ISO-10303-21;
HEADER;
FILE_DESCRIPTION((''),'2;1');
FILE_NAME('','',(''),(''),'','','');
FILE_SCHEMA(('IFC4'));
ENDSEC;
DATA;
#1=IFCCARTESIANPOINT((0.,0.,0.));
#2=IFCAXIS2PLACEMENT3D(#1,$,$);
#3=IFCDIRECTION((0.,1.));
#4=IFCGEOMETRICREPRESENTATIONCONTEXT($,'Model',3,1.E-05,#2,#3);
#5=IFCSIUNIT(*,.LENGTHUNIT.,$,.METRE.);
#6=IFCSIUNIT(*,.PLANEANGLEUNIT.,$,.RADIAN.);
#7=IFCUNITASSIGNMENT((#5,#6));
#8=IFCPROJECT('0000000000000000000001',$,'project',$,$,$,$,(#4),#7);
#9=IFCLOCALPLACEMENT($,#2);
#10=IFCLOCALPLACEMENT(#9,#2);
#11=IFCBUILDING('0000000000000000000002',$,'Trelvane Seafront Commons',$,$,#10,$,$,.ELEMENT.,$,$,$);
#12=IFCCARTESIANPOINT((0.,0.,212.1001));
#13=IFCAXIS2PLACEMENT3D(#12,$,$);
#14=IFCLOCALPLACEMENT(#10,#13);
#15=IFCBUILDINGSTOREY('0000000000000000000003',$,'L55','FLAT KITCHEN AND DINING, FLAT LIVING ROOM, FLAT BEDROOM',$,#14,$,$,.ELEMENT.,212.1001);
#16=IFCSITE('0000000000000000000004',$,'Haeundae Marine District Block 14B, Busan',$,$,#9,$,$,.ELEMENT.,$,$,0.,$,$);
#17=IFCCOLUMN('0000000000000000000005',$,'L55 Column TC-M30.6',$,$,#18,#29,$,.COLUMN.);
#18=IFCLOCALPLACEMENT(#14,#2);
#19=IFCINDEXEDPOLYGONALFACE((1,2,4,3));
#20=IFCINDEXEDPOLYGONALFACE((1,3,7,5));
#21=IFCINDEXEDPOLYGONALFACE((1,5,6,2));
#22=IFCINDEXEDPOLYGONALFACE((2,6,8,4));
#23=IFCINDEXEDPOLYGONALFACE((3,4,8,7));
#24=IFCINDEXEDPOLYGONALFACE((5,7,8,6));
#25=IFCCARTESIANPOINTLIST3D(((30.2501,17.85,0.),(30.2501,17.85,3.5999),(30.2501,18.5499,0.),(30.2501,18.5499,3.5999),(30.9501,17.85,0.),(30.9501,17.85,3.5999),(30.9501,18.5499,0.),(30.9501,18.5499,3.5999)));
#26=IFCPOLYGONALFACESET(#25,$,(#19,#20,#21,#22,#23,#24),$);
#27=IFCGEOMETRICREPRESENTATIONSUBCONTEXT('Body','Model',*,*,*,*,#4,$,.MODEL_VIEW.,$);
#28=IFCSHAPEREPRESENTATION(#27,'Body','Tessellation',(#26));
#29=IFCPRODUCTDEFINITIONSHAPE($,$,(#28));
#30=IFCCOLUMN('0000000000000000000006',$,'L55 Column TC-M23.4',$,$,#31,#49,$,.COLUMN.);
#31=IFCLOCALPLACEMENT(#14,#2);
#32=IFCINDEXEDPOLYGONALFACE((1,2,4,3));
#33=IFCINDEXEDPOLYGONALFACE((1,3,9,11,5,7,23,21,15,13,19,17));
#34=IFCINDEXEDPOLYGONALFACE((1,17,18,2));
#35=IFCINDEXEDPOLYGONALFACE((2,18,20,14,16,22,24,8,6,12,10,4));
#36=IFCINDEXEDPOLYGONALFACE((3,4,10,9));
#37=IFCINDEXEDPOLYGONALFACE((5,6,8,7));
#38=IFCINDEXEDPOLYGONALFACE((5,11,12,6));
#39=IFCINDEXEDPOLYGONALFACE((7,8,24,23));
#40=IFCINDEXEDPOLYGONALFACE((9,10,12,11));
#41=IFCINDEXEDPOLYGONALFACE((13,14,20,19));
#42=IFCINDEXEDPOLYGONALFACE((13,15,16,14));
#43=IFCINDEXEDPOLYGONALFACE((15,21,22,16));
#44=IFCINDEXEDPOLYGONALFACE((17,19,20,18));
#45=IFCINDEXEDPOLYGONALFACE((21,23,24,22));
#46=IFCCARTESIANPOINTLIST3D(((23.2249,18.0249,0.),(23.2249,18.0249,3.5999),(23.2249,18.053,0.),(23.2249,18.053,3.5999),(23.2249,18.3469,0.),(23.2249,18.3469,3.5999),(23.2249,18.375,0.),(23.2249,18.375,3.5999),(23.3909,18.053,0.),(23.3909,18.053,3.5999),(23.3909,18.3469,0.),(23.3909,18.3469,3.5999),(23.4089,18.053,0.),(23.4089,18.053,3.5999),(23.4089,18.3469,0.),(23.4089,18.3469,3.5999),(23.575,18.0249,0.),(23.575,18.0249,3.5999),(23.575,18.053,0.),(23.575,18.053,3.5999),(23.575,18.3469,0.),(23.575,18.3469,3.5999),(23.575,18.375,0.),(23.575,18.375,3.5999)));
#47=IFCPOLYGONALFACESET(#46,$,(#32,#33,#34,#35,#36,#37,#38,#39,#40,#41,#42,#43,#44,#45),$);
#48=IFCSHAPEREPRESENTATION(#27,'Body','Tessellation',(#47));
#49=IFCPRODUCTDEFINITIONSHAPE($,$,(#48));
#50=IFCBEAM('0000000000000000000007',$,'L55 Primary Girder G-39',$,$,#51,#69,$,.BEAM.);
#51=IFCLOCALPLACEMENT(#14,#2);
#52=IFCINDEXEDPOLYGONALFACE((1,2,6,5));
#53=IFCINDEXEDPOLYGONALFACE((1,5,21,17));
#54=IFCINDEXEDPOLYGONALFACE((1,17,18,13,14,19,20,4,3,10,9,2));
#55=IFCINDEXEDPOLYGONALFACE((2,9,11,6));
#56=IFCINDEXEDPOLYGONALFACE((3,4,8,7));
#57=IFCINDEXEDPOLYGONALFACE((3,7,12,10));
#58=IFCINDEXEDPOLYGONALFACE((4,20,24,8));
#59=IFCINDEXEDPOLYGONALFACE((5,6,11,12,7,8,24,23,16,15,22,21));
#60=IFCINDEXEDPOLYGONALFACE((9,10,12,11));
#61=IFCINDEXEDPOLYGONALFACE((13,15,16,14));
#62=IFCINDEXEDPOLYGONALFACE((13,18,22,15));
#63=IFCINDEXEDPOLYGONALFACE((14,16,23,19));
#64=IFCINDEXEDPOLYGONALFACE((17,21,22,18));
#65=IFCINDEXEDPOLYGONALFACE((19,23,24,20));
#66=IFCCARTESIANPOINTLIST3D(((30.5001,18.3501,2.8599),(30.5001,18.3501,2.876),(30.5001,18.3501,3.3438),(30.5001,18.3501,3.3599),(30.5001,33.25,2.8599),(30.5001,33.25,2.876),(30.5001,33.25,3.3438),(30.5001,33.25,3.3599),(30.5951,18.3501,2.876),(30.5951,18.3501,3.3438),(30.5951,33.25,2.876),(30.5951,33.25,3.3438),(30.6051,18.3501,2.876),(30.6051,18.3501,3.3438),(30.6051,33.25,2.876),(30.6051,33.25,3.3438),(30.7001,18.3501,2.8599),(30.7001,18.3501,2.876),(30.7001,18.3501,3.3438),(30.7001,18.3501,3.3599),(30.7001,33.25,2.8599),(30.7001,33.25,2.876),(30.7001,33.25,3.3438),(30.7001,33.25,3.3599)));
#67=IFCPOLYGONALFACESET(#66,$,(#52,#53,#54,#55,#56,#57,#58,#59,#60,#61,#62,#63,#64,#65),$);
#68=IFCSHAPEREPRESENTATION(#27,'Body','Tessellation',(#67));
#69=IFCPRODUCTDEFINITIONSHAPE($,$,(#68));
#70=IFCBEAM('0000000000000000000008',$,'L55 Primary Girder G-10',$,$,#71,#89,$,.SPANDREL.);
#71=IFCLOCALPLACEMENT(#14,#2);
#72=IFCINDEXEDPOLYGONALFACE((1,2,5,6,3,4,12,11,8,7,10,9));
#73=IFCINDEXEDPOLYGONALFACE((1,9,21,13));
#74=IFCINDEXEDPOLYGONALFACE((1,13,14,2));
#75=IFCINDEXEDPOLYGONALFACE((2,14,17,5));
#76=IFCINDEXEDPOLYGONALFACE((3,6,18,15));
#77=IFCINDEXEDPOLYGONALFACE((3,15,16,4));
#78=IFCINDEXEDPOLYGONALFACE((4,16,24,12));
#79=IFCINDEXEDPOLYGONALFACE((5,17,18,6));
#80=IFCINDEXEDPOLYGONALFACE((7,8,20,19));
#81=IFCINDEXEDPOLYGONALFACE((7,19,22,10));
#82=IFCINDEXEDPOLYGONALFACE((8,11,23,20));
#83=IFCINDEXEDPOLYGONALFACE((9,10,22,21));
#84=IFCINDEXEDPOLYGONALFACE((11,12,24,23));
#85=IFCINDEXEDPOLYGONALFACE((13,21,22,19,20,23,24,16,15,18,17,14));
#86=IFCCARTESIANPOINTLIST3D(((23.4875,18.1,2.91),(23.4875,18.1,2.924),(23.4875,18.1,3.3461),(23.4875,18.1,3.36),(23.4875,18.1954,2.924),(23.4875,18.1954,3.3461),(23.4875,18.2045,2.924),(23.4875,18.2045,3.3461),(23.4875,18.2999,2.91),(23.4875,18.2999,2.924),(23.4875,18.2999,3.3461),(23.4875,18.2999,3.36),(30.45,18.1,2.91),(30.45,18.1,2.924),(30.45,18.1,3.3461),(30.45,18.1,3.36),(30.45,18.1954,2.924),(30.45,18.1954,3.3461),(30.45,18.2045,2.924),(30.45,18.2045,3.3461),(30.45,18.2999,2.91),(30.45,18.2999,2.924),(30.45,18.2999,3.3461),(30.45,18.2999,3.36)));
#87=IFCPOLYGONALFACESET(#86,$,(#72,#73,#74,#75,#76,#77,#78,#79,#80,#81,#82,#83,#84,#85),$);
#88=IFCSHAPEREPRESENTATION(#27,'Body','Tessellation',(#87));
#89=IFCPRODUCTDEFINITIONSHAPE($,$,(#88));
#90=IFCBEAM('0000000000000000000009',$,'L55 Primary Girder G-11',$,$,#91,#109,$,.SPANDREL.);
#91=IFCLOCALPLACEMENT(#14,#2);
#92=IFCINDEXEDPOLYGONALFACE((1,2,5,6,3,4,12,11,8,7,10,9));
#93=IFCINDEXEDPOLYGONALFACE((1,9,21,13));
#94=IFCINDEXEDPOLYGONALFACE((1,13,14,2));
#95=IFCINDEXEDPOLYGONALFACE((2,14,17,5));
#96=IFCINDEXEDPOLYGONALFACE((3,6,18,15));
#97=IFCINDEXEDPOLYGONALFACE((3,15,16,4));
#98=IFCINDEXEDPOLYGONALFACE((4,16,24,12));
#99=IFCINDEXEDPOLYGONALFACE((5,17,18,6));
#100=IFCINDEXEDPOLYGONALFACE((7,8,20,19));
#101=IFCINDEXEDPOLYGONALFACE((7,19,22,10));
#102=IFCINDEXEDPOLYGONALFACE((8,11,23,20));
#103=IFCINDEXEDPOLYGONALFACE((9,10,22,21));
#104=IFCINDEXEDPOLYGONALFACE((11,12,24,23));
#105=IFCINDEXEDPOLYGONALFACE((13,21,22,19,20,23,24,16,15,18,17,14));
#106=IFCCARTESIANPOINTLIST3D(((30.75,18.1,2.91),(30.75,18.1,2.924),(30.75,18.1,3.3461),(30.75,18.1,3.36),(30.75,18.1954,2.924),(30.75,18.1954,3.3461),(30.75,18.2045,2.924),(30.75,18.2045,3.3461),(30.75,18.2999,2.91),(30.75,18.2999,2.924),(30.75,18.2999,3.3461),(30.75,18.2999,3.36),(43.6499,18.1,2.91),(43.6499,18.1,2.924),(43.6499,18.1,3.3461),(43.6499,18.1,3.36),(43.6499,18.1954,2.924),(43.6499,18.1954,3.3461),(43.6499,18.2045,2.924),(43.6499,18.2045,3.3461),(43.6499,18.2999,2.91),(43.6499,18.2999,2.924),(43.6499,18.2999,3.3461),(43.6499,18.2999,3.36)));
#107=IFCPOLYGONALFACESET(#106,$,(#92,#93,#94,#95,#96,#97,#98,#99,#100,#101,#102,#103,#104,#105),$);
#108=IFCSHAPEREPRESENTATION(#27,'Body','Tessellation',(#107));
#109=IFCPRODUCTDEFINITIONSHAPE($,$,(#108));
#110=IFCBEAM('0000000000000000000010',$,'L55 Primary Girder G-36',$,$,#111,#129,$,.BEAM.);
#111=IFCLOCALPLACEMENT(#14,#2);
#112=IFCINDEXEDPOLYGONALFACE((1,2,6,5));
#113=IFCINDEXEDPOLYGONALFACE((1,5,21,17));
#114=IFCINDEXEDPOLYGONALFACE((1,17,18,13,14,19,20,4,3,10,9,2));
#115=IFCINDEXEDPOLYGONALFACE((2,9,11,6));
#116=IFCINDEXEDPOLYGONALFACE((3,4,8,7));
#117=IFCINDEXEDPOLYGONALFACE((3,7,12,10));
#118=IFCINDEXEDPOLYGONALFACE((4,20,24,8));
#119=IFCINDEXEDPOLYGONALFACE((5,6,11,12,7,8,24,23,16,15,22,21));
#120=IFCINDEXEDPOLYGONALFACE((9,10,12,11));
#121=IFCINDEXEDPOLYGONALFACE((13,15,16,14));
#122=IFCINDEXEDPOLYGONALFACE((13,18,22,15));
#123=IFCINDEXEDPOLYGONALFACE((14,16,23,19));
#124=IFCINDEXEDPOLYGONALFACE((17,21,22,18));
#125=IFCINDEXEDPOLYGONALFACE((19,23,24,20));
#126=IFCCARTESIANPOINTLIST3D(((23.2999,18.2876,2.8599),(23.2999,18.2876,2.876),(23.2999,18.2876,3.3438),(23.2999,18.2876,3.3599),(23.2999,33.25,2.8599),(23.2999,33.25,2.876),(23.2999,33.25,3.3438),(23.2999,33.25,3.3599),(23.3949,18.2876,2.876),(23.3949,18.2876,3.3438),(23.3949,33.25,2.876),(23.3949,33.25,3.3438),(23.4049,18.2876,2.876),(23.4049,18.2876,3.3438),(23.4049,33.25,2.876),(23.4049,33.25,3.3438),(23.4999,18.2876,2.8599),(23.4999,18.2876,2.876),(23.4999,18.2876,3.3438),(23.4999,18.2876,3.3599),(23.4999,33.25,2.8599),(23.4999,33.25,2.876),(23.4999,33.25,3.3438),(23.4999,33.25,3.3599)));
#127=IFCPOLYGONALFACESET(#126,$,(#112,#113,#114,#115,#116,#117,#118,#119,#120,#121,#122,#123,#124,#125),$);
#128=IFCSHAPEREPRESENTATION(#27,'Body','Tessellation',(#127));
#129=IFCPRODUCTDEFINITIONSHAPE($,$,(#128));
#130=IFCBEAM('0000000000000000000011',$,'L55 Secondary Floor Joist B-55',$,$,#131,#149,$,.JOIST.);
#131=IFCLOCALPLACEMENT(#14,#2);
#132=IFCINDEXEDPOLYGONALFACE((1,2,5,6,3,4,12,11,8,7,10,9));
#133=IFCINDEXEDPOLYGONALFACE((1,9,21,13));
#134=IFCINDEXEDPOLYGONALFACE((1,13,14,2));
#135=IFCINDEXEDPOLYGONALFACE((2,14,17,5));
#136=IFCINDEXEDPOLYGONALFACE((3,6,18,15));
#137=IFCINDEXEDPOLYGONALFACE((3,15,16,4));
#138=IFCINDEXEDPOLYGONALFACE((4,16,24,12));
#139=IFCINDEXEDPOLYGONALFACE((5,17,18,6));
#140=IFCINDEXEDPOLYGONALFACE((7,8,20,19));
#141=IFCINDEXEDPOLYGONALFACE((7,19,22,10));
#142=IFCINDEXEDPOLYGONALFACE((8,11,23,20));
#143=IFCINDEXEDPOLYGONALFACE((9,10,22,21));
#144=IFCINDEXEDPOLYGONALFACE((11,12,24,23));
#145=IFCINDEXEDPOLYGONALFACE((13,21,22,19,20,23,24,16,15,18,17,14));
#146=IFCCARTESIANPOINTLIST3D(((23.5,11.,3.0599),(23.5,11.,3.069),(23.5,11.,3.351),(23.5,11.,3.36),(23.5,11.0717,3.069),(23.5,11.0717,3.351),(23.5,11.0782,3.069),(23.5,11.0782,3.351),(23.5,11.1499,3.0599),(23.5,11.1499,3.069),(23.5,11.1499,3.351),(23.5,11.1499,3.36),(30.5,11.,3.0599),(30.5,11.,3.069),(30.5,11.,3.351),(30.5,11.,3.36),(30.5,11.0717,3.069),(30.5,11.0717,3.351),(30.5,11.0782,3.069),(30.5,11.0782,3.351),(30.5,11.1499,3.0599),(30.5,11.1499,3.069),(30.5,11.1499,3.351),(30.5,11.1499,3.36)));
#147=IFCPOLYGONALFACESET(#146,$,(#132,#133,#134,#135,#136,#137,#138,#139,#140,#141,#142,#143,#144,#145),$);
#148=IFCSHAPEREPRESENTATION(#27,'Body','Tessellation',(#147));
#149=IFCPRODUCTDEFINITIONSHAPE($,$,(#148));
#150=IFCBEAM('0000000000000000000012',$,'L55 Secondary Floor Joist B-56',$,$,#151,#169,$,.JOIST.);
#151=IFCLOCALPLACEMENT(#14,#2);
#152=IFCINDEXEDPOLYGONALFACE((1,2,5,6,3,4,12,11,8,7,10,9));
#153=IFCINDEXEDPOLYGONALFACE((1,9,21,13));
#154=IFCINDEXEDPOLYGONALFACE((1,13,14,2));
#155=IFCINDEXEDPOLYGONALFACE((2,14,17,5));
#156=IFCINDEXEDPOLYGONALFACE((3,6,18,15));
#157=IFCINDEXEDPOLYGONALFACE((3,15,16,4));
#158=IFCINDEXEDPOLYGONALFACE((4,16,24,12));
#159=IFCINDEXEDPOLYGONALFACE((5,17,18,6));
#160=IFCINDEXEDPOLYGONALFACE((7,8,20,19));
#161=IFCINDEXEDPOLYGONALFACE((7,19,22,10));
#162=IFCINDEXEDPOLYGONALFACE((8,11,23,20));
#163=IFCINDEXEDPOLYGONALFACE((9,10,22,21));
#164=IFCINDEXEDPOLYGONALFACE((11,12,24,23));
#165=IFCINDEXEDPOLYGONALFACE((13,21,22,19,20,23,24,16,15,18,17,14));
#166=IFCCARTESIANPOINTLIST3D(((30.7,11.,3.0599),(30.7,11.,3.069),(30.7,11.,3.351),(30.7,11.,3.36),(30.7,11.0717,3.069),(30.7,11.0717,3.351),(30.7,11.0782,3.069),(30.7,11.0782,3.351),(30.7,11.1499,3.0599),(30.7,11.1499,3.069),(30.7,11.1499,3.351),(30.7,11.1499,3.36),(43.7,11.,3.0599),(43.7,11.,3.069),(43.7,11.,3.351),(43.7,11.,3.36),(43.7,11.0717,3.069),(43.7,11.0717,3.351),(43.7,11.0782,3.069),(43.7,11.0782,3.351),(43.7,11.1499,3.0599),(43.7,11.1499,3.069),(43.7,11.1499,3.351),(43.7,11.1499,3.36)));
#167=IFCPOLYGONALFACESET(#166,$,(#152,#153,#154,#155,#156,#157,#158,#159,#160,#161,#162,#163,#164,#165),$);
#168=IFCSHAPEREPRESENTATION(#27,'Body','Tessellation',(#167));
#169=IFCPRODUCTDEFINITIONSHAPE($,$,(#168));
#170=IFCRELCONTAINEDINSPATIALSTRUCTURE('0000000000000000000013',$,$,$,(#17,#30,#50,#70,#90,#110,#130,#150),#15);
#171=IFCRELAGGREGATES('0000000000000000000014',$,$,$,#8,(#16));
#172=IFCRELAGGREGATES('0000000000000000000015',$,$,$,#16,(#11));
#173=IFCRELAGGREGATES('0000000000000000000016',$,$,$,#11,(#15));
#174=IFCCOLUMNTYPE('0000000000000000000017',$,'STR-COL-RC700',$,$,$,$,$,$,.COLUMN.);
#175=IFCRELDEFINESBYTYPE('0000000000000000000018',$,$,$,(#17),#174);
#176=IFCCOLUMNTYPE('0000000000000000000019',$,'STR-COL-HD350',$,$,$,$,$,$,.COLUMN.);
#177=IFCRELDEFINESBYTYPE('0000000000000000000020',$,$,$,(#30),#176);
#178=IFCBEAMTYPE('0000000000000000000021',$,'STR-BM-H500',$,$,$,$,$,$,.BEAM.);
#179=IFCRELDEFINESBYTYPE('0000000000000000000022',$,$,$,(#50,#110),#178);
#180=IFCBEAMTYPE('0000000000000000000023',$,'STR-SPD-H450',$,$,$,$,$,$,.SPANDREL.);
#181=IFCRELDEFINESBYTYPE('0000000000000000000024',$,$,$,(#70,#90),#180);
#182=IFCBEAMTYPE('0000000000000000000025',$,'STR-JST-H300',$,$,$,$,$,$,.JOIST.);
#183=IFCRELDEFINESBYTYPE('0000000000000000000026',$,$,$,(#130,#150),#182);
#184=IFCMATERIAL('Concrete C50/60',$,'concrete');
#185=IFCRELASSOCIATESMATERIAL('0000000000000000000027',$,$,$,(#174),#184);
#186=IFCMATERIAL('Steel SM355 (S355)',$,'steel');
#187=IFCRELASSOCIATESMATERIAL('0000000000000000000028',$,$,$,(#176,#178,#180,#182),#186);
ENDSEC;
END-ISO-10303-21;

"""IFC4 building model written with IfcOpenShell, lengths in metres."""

from ifc_helpers import new_model, si_unit, direction, frame, origin, origin_2d, place, context, subcontext, project, spatial, rectangle, i_section, extrude, source, transform, mapped, material, material_profile, profile_set, type_object, element, save


model = new_model("IFC4")

# Units and contexts
model_context = context("Model", 3, precision=1e-05, world=origin(), true_north=direction((0.0, 1.0)))
body_context = subcontext(model_context, "Body", "Model", "MODEL_VIEW")
ifc_project = project(units=[si_unit("LENGTHUNIT", "METRE"), si_unit("PLANEANGLEUNIT", "RADIAN")], contexts=[model_context])

# Site, building, storey
site_placement = place(None, origin())
site = spatial("IfcSite", under=ifc_project, at=site_placement, Name="Haeundae Marine District Block 14B, Busan", CompositionType="ELEMENT", RefElevation=0.0)
building_placement = place(site_placement, origin())
building = spatial("IfcBuilding", under=site, at=building_placement, Name="Trelvane Seafront Commons", CompositionType="ELEMENT")
storey_placement = place(building_placement, frame((0.0, 0.0, 212.1001)))
storey = spatial("IfcBuildingStorey", under=building, at=storey_placement, Name="L55", Description="FLAT KITCHEN AND DINING, FLAT LIVING ROOM, FLAT BEDROOM", CompositionType="ELEMENT", Elevation=212.1001)

# Columns
ifc_material_1 = material(Name="Concrete C50/60", Category="concrete")
ifc_material_profile_1 = material_profile(ifc_material_1, rectangle(XDim=0.7, YDim=0.7, at=origin_2d()), Name="RC-700x700")
ifc_profile_set_1 = profile_set([ifc_material_profile_1], Name="Concrete C50/60")
column_type_1 = type_object("IfcColumnType", Name="STR-COL-RC700", PredefinedType="COLUMN", material=ifc_profile_set_1)
shared_shape_1 = source(origin(), body_context, "Body", "SweptSolid", [
    extrude(rectangle(XDim=0.7, YDim=0.7, at=origin_2d()), origin(), (0.0, 0.0, 1.0), 3.5999),
])
column_1_placement = place(storey_placement, frame((30.6001, 18.2, 0.0), z_axis=(0.0, 0.0, 1.0), x_axis=(1.0, 0.0, 0.0)))
element("IfcColumn", 1, at=column_1_placement, inside=storey, type_object=column_type_1, Name="L55 Column TC-M30.6", PredefinedType="COLUMN", context=body_context, shape_type="MappedRepresentation", body=[
    mapped(shared_shape_1, transform((0.0, 0.0, 0.0), x_axis=(1.0, 0.0, 0.0), y_axis=(0.0, 1.0, 0.0), z_axis=(0.0, 0.0, 1.0), scale=1.0)),
])
ifc_material_2 = material(Name="Steel SM355 (S355)", Category="steel")
ifc_material_profile_2 = material_profile(ifc_material_2, i_section(OverallWidth=0.3501, OverallDepth=0.3501, WebThickness=0.0181, FlangeThickness=0.0281, at=origin_2d()), Name="HD-350x350x18x28")
ifc_profile_set_2 = profile_set([ifc_material_profile_2], Name="Steel SM355 (S355)")
column_type_2 = type_object("IfcColumnType", Name="STR-COL-HD350", PredefinedType="COLUMN", material=ifc_profile_set_2)
shared_shape_2 = source(origin(), body_context, "Body", "SweptSolid", [
    extrude(i_section(OverallWidth=0.3501, OverallDepth=0.3501, WebThickness=0.0181, FlangeThickness=0.0281, at=origin_2d()), origin(), (0.0, 0.0, 1.0), 3.5999),
])
column_2_placement = place(storey_placement, frame((23.3999, 18.2, 0.0), z_axis=(0.0, 0.0, 1.0), x_axis=(1.0, 0.0, 0.0)))
element("IfcColumn", 2, at=column_2_placement, inside=storey, type_object=column_type_2, Name="L55 Column TC-M23.4", PredefinedType="COLUMN", context=body_context, shape_type="MappedRepresentation", body=[
    mapped(shared_shape_2, transform((0.0, 0.0, 0.0), x_axis=(1.0, 0.0, 0.0), y_axis=(0.0, 1.0, 0.0), z_axis=(0.0, 0.0, 1.0), scale=1.0)),
])

# Beams
ifc_material_profile_3 = material_profile(ifc_material_2, i_section(OverallWidth=0.2, OverallDepth=0.5, WebThickness=0.01, FlangeThickness=0.0161, at=origin_2d()), Name="H-500x200x10x16")
ifc_profile_set_3 = profile_set([ifc_material_profile_3], Name="Steel SM355 (S355)")
beam_type_1 = type_object("IfcBeamType", Name="STR-BM-H500", PredefinedType="BEAM", material=ifc_profile_set_3)
shared_shape_3 = source(origin(), body_context, "Body", "SweptSolid", [
    extrude(i_section(OverallWidth=0.2, OverallDepth=0.5, WebThickness=0.01, FlangeThickness=0.0161, at=origin_2d()), origin(), (0.0, 0.0, 1.0), 14.8999),
])
beam_1_placement = place(storey_placement, frame((30.6001, 18.3501, 3.1099), z_axis=(0.0, 1.0, 0.0), x_axis=(-1.0, 0.0, 0.0)))
element("IfcBeam", 3, at=beam_1_placement, inside=storey, type_object=beam_type_1, Name="L55 Primary Girder G-39", PredefinedType="BEAM", context=body_context, shape_type="MappedRepresentation", body=[
    mapped(shared_shape_3, transform((0.0, 0.0, 0.0), x_axis=(1.0, 0.0, 0.0), y_axis=(0.0, 1.0, 0.0), z_axis=(0.0, 0.0, 1.0), scale=1.0)),
])
ifc_material_profile_4 = material_profile(ifc_material_2, i_section(OverallWidth=0.2, OverallDepth=0.45, WebThickness=0.009, FlangeThickness=0.0139, at=origin_2d()), Name="H-450x200x9x14")
ifc_profile_set_4 = profile_set([ifc_material_profile_4], Name="Steel SM355 (S355)")
beam_type_2 = type_object("IfcBeamType", Name="STR-SPD-H450", PredefinedType="SPANDREL", material=ifc_profile_set_4)
shared_shape_4 = source(origin(), body_context, "Body", "SweptSolid", [
    extrude(i_section(OverallWidth=0.2, OverallDepth=0.45, WebThickness=0.009, FlangeThickness=0.0139, at=origin_2d()), origin(), (0.0, 0.0, 1.0), 6.9624),
])
beam_2_placement = place(storey_placement, frame((23.4875, 18.2, 3.135), z_axis=(1.0, 0.0, 0.0), x_axis=(0.0, 1.0, 0.0)))
element("IfcBeam", 4, at=beam_2_placement, inside=storey, type_object=beam_type_2, Name="L55 Primary Girder G-10", PredefinedType="SPANDREL", context=body_context, shape_type="MappedRepresentation", body=[
    mapped(shared_shape_4, transform((0.0, 0.0, 0.0), x_axis=(1.0, 0.0, 0.0), y_axis=(0.0, 1.0, 0.0), z_axis=(0.0, 0.0, 1.0), scale=1.0)),
])
shared_shape_5 = source(origin(), body_context, "Body", "SweptSolid", [
    extrude(i_section(OverallWidth=0.2, OverallDepth=0.45, WebThickness=0.009, FlangeThickness=0.0139, at=origin_2d()), origin(), (0.0, 0.0, 1.0), 12.8999),
])
beam_3_placement = place(storey_placement, frame((30.75, 18.2, 3.135), z_axis=(1.0, 0.0, 0.0), x_axis=(0.0, 1.0, 0.0)))
element("IfcBeam", 5, at=beam_3_placement, inside=storey, type_object=beam_type_2, Name="L55 Primary Girder G-11", PredefinedType="SPANDREL", context=body_context, shape_type="MappedRepresentation", body=[
    mapped(shared_shape_5, transform((0.0, 0.0, 0.0), x_axis=(1.0, 0.0, 0.0), y_axis=(0.0, 1.0, 0.0), z_axis=(0.0, 0.0, 1.0), scale=1.0)),
])
shared_shape_6 = source(origin(), body_context, "Body", "SweptSolid", [
    extrude(i_section(OverallWidth=0.2, OverallDepth=0.5, WebThickness=0.01, FlangeThickness=0.0161, at=origin_2d()), origin(), (0.0, 0.0, 1.0), 14.9624),
])
beam_4_placement = place(storey_placement, frame((23.3999, 18.2876, 3.1099), z_axis=(0.0, 1.0, 0.0), x_axis=(-1.0, 0.0, 0.0)))
element("IfcBeam", 6, at=beam_4_placement, inside=storey, type_object=beam_type_1, Name="L55 Primary Girder G-36", PredefinedType="BEAM", context=body_context, shape_type="MappedRepresentation", body=[
    mapped(shared_shape_6, transform((0.0, 0.0, 0.0), x_axis=(1.0, 0.0, 0.0), y_axis=(0.0, 1.0, 0.0), z_axis=(0.0, 0.0, 1.0), scale=1.0)),
])
ifc_material_profile_5 = material_profile(ifc_material_2, i_section(OverallWidth=0.1499, OverallDepth=0.3, WebThickness=0.0066, FlangeThickness=0.009, at=origin_2d()), Name="H-300x150x6.5x9")
ifc_profile_set_5 = profile_set([ifc_material_profile_5], Name="Steel SM355 (S355)")
beam_type_3 = type_object("IfcBeamType", Name="STR-JST-H300", PredefinedType="JOIST", material=ifc_profile_set_5)
shared_shape_7 = source(origin(), body_context, "Body", "SweptSolid", [
    extrude(i_section(OverallWidth=0.1499, OverallDepth=0.3, WebThickness=0.0066, FlangeThickness=0.009, at=origin_2d()), origin(), (0.0, 0.0, 1.0), 7.0),
])
beam_5_placement = place(storey_placement, frame((23.5, 11.075, 3.21), z_axis=(1.0, 0.0, 0.0), x_axis=(0.0, 1.0, 0.0)))
element("IfcBeam", 7, at=beam_5_placement, inside=storey, type_object=beam_type_3, Name="L55 Secondary Floor Joist B-55", PredefinedType="JOIST", context=body_context, shape_type="MappedRepresentation", body=[
    mapped(shared_shape_7, transform((0.0, 0.0, 0.0), x_axis=(1.0, 0.0, 0.0), y_axis=(0.0, 1.0, 0.0), z_axis=(0.0, 0.0, 1.0), scale=1.0)),
])
shared_shape_8 = source(origin(), body_context, "Body", "SweptSolid", [
    extrude(i_section(OverallWidth=0.1499, OverallDepth=0.3, WebThickness=0.0066, FlangeThickness=0.009, at=origin_2d()), origin(), (0.0, 0.0, 1.0), 13.0),
])
beam_6_placement = place(storey_placement, frame((30.7, 11.075, 3.21), z_axis=(1.0, 0.0, 0.0), x_axis=(0.0, 1.0, 0.0)))
element("IfcBeam", 8, at=beam_6_placement, inside=storey, type_object=beam_type_3, Name="L55 Secondary Floor Joist B-56", PredefinedType="JOIST", context=body_context, shape_type="MappedRepresentation", body=[
    mapped(shared_shape_8, transform((0.0, 0.0, 0.0), x_axis=(1.0, 0.0, 0.0), y_axis=(0.0, 1.0, 0.0), z_axis=(0.0, 0.0, 1.0), scale=1.0)),
])

save(model, "model.ifc")
